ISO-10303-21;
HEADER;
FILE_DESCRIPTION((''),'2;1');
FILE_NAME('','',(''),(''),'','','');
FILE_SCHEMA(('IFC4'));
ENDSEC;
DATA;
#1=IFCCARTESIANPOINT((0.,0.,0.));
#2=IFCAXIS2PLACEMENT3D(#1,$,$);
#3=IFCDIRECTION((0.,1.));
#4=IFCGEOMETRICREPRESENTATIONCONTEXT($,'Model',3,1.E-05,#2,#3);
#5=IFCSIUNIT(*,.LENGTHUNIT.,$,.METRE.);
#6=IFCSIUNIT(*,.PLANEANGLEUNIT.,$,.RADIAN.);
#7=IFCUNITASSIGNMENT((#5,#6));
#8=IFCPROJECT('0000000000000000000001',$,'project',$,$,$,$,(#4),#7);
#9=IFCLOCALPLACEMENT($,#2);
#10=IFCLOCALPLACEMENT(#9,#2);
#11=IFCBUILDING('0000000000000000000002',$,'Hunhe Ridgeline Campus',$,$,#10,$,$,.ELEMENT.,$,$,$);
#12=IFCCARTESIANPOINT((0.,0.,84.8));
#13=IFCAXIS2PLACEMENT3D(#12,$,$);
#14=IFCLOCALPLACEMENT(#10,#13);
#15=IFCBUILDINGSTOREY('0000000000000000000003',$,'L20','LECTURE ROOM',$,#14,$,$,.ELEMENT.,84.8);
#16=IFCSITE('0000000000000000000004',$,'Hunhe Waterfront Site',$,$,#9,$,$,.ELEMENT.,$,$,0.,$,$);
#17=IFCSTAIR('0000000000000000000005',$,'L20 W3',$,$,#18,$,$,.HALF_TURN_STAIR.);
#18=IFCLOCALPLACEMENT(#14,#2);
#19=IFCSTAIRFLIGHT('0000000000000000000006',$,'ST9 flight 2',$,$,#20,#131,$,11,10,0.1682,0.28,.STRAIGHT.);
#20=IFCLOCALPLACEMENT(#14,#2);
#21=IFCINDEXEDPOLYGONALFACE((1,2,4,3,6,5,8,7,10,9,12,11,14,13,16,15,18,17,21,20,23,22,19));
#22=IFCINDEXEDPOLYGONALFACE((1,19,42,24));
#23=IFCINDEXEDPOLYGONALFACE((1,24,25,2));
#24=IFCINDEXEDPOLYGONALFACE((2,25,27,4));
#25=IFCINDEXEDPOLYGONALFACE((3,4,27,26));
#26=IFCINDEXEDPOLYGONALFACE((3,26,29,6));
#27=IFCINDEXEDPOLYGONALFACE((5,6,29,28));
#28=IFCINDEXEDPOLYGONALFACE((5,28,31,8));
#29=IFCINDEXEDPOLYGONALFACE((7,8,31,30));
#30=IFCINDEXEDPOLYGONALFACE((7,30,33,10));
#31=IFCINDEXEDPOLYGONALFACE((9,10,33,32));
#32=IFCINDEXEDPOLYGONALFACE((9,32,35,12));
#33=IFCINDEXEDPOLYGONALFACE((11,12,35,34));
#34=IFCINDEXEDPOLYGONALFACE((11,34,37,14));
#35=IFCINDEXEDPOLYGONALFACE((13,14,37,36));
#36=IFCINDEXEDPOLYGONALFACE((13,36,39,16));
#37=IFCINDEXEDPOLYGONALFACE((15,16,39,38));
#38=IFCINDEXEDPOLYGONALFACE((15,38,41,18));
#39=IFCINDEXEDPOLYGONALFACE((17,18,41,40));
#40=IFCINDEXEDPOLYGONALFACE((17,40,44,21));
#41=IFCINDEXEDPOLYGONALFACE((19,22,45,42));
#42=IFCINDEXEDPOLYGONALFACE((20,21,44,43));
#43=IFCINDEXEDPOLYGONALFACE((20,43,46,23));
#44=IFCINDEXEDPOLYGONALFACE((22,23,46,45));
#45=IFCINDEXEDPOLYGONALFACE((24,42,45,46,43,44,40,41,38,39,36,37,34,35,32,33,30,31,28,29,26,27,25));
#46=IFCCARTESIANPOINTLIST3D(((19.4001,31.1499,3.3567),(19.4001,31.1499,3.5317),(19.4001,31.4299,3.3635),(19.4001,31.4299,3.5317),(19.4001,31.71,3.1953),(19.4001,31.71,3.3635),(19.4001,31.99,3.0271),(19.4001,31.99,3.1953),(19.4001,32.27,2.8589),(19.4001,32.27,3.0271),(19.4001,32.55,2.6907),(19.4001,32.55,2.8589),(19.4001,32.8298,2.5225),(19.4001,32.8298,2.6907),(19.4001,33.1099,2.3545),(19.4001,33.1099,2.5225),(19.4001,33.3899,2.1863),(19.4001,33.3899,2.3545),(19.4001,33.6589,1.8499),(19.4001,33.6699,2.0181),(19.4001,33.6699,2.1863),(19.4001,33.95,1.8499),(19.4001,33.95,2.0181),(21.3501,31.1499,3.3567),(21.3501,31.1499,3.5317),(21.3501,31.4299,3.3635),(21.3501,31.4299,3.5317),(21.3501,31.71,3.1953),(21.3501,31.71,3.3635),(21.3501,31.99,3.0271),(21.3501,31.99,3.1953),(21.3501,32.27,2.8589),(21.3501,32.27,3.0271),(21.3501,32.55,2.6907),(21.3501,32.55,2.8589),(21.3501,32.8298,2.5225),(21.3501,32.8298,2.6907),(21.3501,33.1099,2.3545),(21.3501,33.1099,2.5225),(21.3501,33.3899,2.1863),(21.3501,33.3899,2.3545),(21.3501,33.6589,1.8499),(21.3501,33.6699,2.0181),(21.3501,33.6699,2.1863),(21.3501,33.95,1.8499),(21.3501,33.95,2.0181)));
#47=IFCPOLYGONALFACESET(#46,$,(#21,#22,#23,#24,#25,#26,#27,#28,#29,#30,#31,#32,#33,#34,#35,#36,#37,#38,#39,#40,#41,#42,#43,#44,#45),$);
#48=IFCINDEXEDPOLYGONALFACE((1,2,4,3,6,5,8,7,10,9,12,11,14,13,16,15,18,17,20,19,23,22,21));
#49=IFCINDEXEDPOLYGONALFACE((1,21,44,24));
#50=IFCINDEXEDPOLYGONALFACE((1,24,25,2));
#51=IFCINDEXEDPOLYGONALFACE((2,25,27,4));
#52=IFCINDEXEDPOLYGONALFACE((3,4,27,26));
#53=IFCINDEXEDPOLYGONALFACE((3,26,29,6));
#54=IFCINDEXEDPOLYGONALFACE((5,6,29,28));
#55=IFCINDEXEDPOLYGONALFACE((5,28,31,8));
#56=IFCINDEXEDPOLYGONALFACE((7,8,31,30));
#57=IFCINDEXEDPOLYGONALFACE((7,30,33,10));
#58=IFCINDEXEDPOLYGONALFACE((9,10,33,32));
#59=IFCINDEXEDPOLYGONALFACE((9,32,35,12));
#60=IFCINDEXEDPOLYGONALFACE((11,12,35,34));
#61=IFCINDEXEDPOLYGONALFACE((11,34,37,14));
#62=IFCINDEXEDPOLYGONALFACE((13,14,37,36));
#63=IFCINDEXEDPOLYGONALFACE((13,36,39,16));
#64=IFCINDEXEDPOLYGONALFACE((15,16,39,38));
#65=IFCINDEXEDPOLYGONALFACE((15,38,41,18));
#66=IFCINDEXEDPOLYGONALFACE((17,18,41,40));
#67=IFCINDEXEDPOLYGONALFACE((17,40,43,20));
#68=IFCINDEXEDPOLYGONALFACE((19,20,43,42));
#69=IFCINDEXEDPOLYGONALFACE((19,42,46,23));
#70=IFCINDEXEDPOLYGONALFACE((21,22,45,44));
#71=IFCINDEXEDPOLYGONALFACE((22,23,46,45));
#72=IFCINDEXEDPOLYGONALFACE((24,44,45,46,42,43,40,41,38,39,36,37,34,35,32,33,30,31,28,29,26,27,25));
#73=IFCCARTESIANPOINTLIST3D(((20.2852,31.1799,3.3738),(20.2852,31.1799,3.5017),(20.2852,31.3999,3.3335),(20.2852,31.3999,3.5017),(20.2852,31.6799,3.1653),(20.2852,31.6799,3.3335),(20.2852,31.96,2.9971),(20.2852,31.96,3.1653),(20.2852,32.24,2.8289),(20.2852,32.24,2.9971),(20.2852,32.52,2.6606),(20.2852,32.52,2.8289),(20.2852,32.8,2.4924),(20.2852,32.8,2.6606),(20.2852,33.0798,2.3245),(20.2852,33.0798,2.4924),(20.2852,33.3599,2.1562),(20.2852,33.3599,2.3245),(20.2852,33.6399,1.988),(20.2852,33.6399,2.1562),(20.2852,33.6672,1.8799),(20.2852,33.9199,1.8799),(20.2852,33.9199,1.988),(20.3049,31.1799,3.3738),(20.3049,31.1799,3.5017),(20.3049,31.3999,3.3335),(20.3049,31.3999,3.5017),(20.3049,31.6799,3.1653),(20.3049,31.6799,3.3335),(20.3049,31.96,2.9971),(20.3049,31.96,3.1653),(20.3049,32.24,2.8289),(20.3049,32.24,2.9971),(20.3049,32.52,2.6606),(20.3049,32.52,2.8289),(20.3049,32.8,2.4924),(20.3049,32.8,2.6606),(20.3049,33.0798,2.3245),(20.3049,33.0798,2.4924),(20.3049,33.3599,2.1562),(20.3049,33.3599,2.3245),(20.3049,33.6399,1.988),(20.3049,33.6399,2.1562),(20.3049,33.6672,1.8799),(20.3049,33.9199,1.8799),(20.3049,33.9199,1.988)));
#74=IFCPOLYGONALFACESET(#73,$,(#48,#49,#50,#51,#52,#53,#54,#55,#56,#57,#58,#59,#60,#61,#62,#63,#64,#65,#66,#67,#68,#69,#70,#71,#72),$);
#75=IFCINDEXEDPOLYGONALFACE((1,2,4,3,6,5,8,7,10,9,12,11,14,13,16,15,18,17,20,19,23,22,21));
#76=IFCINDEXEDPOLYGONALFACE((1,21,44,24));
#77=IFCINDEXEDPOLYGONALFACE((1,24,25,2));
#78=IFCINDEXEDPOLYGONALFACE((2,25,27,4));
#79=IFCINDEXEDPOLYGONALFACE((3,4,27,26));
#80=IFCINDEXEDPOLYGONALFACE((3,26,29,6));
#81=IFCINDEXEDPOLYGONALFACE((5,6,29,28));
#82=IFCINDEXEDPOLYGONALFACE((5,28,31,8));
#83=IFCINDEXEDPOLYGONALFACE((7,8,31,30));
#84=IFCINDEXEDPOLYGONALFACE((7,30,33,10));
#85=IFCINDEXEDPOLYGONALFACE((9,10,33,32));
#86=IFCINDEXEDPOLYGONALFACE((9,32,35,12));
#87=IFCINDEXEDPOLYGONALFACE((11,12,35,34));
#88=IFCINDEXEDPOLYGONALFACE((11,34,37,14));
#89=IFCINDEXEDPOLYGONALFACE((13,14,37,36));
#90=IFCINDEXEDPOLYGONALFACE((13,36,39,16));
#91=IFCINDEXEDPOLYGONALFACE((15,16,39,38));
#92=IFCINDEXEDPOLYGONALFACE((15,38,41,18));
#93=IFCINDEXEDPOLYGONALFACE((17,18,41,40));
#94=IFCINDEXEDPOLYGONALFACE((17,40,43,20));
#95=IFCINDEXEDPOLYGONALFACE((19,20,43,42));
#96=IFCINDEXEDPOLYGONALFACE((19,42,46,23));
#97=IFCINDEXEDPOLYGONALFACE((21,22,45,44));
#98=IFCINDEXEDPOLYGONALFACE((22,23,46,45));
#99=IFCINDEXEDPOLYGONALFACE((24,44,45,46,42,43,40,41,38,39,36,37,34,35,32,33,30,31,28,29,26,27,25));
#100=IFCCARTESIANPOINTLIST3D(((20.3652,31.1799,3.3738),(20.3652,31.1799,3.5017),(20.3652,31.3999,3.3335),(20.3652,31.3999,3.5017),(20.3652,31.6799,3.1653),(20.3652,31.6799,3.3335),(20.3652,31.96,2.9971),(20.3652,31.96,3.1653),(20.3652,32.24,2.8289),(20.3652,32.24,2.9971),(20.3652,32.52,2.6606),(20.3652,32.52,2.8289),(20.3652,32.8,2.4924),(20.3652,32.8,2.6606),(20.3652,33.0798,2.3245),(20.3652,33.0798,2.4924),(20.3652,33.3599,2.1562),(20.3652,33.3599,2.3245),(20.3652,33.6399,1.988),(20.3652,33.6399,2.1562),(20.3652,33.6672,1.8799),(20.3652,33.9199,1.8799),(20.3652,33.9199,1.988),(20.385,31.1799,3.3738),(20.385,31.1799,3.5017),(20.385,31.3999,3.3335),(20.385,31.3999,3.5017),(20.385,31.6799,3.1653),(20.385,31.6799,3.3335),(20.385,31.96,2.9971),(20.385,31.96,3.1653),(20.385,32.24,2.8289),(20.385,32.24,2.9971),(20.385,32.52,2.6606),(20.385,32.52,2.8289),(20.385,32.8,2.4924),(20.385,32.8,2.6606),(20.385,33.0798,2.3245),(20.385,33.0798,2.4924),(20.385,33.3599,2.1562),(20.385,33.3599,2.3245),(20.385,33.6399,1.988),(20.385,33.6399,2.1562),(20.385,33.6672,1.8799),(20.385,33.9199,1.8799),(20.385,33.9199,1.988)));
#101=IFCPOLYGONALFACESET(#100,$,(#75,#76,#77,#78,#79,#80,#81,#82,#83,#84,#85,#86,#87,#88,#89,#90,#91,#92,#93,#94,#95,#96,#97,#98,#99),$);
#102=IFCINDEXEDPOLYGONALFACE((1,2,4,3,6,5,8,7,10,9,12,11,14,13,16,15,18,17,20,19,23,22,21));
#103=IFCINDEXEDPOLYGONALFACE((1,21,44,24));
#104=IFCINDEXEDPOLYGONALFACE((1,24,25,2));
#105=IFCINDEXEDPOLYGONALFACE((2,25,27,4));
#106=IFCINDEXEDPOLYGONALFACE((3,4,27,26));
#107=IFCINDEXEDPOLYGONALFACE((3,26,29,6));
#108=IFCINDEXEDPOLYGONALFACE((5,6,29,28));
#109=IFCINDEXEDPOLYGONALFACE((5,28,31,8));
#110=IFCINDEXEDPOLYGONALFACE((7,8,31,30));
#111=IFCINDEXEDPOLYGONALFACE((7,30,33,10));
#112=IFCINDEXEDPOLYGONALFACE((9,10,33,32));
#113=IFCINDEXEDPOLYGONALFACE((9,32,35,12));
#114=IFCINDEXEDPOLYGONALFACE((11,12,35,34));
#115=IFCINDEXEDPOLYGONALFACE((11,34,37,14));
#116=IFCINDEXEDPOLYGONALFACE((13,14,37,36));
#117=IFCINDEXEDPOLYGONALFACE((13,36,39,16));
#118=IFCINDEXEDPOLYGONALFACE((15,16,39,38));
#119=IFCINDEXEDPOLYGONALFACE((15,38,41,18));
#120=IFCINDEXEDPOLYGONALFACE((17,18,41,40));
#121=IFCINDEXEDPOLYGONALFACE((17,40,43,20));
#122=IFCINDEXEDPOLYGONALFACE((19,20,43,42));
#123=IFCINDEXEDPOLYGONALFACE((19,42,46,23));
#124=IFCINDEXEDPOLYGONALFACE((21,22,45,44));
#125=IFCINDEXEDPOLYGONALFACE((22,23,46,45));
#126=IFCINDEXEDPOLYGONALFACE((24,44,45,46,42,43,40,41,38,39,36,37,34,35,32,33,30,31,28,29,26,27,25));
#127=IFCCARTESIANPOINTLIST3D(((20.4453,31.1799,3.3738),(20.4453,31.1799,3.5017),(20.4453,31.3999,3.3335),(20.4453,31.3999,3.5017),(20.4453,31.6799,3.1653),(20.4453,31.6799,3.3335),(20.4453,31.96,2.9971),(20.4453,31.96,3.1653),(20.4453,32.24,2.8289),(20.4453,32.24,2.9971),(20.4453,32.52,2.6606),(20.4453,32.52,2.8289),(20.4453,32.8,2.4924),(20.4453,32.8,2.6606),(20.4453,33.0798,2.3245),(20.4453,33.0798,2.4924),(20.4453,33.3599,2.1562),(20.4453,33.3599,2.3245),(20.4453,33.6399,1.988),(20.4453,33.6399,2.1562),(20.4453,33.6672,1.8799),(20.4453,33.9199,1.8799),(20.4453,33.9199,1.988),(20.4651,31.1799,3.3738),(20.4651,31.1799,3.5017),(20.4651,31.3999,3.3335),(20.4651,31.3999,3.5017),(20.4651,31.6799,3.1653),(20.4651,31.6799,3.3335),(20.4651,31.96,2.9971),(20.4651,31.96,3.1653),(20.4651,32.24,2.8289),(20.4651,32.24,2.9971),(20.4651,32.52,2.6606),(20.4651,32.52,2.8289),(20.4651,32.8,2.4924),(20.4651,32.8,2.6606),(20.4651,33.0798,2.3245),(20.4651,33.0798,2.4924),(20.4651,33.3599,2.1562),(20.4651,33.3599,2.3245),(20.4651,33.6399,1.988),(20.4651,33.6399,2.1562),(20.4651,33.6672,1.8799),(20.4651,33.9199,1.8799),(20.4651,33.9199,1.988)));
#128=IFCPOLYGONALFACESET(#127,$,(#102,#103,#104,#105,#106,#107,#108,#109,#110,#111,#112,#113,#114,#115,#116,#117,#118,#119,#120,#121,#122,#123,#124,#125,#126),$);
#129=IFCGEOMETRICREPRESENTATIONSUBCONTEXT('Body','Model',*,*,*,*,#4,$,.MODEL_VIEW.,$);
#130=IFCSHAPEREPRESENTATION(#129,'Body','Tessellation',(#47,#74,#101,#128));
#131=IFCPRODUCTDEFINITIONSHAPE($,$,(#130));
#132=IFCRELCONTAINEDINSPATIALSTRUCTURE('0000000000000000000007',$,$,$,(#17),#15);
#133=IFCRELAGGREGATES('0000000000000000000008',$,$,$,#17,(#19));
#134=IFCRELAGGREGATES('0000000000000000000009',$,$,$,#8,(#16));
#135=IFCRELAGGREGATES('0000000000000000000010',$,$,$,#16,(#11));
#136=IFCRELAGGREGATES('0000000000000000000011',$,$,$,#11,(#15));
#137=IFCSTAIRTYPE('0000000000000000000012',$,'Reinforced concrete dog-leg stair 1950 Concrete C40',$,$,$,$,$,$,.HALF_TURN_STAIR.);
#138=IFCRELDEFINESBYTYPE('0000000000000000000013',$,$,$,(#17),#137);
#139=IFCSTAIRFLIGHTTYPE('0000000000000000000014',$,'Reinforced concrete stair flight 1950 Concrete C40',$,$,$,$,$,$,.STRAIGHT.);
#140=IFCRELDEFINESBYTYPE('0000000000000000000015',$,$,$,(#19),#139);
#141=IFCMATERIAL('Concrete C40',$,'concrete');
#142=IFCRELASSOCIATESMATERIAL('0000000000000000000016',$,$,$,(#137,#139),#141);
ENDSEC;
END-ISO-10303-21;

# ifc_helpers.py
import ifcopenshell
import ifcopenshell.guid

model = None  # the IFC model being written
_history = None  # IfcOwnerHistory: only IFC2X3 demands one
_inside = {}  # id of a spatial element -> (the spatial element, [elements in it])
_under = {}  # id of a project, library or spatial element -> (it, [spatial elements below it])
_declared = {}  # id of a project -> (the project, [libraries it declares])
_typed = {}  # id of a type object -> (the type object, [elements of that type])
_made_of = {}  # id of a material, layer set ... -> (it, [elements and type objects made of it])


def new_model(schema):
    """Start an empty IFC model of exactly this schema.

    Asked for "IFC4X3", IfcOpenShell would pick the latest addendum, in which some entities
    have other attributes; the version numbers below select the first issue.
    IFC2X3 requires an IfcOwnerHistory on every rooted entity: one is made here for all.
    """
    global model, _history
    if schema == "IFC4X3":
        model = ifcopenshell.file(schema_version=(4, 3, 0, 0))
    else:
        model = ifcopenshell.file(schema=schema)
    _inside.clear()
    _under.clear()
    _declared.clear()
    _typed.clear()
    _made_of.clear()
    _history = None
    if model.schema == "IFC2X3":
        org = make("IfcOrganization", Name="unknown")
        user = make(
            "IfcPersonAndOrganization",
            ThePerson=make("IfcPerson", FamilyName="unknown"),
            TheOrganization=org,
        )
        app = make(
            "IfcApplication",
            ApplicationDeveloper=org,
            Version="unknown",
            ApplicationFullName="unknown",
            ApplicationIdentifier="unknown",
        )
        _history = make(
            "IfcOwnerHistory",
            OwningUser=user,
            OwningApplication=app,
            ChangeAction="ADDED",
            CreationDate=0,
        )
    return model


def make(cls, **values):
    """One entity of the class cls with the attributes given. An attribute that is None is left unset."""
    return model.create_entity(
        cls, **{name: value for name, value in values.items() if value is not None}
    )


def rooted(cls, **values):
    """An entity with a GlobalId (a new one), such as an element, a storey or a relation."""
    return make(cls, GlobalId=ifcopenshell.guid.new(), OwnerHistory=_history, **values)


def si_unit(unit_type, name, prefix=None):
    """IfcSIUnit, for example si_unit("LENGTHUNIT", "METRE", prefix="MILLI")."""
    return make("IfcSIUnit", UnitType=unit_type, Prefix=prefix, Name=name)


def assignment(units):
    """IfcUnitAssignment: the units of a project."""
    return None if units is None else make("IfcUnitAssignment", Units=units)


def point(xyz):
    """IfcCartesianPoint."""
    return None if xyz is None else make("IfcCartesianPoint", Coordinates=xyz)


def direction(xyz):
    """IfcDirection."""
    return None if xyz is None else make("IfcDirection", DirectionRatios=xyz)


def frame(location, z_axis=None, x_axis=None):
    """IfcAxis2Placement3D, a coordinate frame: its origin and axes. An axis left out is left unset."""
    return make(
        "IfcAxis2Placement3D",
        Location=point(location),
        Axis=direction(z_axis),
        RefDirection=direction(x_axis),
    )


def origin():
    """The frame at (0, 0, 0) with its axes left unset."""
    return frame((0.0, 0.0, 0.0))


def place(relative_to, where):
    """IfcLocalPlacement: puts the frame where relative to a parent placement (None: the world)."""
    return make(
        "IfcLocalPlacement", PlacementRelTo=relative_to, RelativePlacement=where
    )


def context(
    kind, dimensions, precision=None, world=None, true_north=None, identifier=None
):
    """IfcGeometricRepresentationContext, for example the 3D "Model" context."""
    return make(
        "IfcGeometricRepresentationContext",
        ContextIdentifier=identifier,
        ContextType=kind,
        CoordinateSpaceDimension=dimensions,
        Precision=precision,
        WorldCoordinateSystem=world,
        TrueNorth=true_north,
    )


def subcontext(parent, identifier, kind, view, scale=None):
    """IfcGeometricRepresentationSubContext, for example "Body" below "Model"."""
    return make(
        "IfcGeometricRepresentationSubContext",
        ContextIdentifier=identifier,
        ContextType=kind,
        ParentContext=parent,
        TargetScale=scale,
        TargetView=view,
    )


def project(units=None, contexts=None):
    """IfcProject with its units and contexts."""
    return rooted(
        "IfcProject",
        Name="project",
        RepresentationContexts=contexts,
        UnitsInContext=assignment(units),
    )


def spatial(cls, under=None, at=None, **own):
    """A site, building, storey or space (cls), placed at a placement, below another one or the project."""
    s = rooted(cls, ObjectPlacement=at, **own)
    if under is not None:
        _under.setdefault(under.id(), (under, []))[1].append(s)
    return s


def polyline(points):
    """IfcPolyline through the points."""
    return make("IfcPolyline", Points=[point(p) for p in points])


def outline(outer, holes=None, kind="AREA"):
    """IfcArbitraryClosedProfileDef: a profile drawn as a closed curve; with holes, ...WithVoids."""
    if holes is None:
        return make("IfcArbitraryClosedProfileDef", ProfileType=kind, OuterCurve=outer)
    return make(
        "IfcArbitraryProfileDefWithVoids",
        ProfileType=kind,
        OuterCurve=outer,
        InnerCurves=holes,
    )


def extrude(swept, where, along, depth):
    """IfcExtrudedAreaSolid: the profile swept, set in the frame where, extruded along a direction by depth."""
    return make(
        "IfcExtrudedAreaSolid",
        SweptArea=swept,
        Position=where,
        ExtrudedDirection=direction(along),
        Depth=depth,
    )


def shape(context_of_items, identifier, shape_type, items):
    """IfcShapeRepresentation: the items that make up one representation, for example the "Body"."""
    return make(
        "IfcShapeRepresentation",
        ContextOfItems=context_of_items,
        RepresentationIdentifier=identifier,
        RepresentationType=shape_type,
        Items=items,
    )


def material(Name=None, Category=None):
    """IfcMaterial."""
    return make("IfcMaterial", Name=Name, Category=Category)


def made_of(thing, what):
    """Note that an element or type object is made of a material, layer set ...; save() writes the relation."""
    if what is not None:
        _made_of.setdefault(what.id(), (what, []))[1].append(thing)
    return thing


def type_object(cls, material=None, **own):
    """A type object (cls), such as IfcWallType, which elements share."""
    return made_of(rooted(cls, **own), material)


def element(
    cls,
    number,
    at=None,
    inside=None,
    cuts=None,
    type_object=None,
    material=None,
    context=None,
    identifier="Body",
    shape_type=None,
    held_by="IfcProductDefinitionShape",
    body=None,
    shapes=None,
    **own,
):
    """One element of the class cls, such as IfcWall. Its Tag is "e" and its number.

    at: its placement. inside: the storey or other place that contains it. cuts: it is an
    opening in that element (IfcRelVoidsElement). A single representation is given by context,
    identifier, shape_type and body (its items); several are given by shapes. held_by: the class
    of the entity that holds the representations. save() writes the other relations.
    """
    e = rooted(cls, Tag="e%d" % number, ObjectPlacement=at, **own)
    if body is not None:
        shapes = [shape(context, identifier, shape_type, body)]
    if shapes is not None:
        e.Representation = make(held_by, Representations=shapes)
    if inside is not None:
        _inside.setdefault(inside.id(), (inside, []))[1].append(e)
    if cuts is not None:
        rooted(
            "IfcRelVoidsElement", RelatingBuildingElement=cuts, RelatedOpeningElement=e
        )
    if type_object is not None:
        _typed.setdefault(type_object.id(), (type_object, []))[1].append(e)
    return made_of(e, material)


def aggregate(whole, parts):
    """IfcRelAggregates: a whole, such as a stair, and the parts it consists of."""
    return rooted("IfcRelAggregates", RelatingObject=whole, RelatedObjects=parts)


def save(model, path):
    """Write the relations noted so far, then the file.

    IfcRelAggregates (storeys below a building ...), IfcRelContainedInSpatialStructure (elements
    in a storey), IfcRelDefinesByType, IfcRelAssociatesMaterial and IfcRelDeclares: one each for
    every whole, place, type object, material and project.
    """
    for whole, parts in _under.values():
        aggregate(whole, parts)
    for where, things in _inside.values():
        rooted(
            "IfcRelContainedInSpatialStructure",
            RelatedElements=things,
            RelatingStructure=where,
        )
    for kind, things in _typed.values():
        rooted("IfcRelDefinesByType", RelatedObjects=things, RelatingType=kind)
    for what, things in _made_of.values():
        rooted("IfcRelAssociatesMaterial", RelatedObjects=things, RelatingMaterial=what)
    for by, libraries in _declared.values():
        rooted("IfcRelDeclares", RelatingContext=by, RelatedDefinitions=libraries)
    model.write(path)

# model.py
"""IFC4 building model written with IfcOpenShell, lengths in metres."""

from ifc_helpers import new_model, si_unit, direction, frame, origin, place, context, subcontext, project, spatial, polyline, outline, extrude, material, type_object, element, aggregate, save


model = new_model("IFC4")

# Units and contexts
model_context = context("Model", 3, precision=1e-05, world=origin(), true_north=direction((0.0, 1.0)))
body_context = subcontext(model_context, "Body", "Model", "MODEL_VIEW")
ifc_project = project(units=[si_unit("LENGTHUNIT", "METRE"), si_unit("PLANEANGLEUNIT", "RADIAN")], contexts=[model_context])

# Site, building, storey
site_placement = place(None, origin())
site = spatial("IfcSite", under=ifc_project, at=site_placement, Name="Hunhe Waterfront Site", CompositionType="ELEMENT", RefElevation=0.0)
building_placement = place(site_placement, origin())
building = spatial("IfcBuilding", under=site, at=building_placement, Name="Hunhe Ridgeline Campus", CompositionType="ELEMENT")
storey_placement = place(building_placement, frame((0.0, 0.0, 84.8)))
storey = spatial("IfcBuildingStorey", under=building, at=storey_placement, Name="L20", Description="LECTURE ROOM", CompositionType="ELEMENT", Elevation=84.8)

# Stair, stair flight
ifc_material_1 = material(Name="Concrete C40", Category="concrete")
stair_type = type_object("IfcStairType", Name="Reinforced concrete dog-leg stair 1950 Concrete C40", PredefinedType="HALF_TURN_STAIR", material=ifc_material_1)
stair_1_placement = place(storey_placement, origin())
stair_1 = element("IfcStair", 1, at=stair_1_placement, inside=storey, type_object=stair_type, Name="L20 W3", PredefinedType="HALF_TURN_STAIR")
stair_flight_type = type_object("IfcStairFlightType", Name="Reinforced concrete stair flight 1950 Concrete C40", PredefinedType="STRAIGHT", material=ifc_material_1)
stair_flight_1_placement = place(storey_placement, frame((20.375, 33.95, 1.8499), z_axis=(0.0, 0.0, 1.0), x_axis=(0.0, -1.0, 0.0)))
stair_flight_1 = element("IfcStairFlight", 2, at=stair_flight_1_placement, type_object=stair_flight_type, Name="ST9 flight 2", NumberOfRisers=11, NumberOfTreads=10, PredefinedType="STRAIGHT", RiserHeight=0.1682, TreadLength=0.28, context=body_context, shape_type="SweptSolid", body=[
    extrude(outline(polyline([(0.0, 0.0), (0.0, 0.1682), (0.28, 0.1682), (0.28, 0.3364), (0.5601, 0.3364), (0.5601, 0.5046), (0.8401, 0.5046), (0.8401, 0.6726), (1.1201, 0.6726), (1.1201, 0.8408), (1.3999, 0.8408), (1.3999, 1.009), (1.6799, 1.009), (1.6799, 1.1772), (1.96, 1.1772), (1.96, 1.3455), (2.24, 1.3455), (2.24, 1.5137), (2.52, 1.5137), (2.52, 1.6819), (2.8, 1.6819), (2.8, 1.8501), (2.8, 1.5068), (0.291, 0.0), (0.0, 0.0)])), frame((0.0, 0.9751, 0.0), z_axis=(0.0, -1.0, 0.0), x_axis=(1.0, 0.0, 0.0)), (0.0, 0.0, 1.0), 1.95),
    extrude(outline(polyline([(0.03, 0.03), (0.03, 0.1382), (0.3101, 0.1382), (0.3101, 0.3064), (0.5901, 0.3064), (0.5901, 0.4746), (0.8701, 0.4746), (0.8701, 0.6426), (1.1499, 0.6426), (1.1499, 0.8108), (1.4299, 0.8108), (1.4299, 0.979), (1.71, 0.979), (1.71, 1.1472), (1.99, 1.1472), (1.99, 1.3154), (2.27, 1.3154), (2.27, 1.4836), (2.55, 1.4836), (2.55, 1.6519), (2.77, 1.6519), (2.77, 1.5239), (0.2827, 0.03), (0.03, 0.03)])), frame((0.0, -0.0701, 0.0), z_axis=(0.0, -1.0, 0.0), x_axis=(1.0, 0.0, 0.0)), (0.0, 0.0, 1.0), 0.0198),
    extrude(outline(polyline([(0.03, 0.03), (0.03, 0.1382), (0.3101, 0.1382), (0.3101, 0.3064), (0.5901, 0.3064), (0.5901, 0.4746), (0.8701, 0.4746), (0.8701, 0.6426), (1.1499, 0.6426), (1.1499, 0.8108), (1.4299, 0.8108), (1.4299, 0.979), (1.71, 0.979), (1.71, 1.1472), (1.99, 1.1472), (1.99, 1.3154), (2.27, 1.3154), (2.27, 1.4836), (2.55, 1.4836), (2.55, 1.6519), (2.77, 1.6519), (2.77, 1.5239), (0.2827, 0.03), (0.03, 0.03)])), frame((0.0, 0.01, 0.0), z_axis=(0.0, -1.0, 0.0), x_axis=(1.0, 0.0, 0.0)), (0.0, 0.0, 1.0), 0.0198),
    extrude(outline(polyline([(0.03, 0.03), (0.03, 0.1382), (0.3101, 0.1382), (0.3101, 0.3064), (0.5901, 0.3064), (0.5901, 0.4746), (0.8701, 0.4746), (0.8701, 0.6426), (1.1499, 0.6426), (1.1499, 0.8108), (1.4299, 0.8108), (1.4299, 0.979), (1.71, 0.979), (1.71, 1.1472), (1.99, 1.1472), (1.99, 1.3154), (2.27, 1.3154), (2.27, 1.4836), (2.55, 1.4836), (2.55, 1.6519), (2.77, 1.6519), (2.77, 1.5239), (0.2827, 0.03), (0.03, 0.03)])), frame((0.0, 0.0901, 0.0), z_axis=(0.0, -1.0, 0.0), x_axis=(1.0, 0.0, 0.0)), (0.0, 0.0, 1.0), 0.0198),
])
aggregate(stair_1, [stair_flight_1])

save(model, "model.ifc")
